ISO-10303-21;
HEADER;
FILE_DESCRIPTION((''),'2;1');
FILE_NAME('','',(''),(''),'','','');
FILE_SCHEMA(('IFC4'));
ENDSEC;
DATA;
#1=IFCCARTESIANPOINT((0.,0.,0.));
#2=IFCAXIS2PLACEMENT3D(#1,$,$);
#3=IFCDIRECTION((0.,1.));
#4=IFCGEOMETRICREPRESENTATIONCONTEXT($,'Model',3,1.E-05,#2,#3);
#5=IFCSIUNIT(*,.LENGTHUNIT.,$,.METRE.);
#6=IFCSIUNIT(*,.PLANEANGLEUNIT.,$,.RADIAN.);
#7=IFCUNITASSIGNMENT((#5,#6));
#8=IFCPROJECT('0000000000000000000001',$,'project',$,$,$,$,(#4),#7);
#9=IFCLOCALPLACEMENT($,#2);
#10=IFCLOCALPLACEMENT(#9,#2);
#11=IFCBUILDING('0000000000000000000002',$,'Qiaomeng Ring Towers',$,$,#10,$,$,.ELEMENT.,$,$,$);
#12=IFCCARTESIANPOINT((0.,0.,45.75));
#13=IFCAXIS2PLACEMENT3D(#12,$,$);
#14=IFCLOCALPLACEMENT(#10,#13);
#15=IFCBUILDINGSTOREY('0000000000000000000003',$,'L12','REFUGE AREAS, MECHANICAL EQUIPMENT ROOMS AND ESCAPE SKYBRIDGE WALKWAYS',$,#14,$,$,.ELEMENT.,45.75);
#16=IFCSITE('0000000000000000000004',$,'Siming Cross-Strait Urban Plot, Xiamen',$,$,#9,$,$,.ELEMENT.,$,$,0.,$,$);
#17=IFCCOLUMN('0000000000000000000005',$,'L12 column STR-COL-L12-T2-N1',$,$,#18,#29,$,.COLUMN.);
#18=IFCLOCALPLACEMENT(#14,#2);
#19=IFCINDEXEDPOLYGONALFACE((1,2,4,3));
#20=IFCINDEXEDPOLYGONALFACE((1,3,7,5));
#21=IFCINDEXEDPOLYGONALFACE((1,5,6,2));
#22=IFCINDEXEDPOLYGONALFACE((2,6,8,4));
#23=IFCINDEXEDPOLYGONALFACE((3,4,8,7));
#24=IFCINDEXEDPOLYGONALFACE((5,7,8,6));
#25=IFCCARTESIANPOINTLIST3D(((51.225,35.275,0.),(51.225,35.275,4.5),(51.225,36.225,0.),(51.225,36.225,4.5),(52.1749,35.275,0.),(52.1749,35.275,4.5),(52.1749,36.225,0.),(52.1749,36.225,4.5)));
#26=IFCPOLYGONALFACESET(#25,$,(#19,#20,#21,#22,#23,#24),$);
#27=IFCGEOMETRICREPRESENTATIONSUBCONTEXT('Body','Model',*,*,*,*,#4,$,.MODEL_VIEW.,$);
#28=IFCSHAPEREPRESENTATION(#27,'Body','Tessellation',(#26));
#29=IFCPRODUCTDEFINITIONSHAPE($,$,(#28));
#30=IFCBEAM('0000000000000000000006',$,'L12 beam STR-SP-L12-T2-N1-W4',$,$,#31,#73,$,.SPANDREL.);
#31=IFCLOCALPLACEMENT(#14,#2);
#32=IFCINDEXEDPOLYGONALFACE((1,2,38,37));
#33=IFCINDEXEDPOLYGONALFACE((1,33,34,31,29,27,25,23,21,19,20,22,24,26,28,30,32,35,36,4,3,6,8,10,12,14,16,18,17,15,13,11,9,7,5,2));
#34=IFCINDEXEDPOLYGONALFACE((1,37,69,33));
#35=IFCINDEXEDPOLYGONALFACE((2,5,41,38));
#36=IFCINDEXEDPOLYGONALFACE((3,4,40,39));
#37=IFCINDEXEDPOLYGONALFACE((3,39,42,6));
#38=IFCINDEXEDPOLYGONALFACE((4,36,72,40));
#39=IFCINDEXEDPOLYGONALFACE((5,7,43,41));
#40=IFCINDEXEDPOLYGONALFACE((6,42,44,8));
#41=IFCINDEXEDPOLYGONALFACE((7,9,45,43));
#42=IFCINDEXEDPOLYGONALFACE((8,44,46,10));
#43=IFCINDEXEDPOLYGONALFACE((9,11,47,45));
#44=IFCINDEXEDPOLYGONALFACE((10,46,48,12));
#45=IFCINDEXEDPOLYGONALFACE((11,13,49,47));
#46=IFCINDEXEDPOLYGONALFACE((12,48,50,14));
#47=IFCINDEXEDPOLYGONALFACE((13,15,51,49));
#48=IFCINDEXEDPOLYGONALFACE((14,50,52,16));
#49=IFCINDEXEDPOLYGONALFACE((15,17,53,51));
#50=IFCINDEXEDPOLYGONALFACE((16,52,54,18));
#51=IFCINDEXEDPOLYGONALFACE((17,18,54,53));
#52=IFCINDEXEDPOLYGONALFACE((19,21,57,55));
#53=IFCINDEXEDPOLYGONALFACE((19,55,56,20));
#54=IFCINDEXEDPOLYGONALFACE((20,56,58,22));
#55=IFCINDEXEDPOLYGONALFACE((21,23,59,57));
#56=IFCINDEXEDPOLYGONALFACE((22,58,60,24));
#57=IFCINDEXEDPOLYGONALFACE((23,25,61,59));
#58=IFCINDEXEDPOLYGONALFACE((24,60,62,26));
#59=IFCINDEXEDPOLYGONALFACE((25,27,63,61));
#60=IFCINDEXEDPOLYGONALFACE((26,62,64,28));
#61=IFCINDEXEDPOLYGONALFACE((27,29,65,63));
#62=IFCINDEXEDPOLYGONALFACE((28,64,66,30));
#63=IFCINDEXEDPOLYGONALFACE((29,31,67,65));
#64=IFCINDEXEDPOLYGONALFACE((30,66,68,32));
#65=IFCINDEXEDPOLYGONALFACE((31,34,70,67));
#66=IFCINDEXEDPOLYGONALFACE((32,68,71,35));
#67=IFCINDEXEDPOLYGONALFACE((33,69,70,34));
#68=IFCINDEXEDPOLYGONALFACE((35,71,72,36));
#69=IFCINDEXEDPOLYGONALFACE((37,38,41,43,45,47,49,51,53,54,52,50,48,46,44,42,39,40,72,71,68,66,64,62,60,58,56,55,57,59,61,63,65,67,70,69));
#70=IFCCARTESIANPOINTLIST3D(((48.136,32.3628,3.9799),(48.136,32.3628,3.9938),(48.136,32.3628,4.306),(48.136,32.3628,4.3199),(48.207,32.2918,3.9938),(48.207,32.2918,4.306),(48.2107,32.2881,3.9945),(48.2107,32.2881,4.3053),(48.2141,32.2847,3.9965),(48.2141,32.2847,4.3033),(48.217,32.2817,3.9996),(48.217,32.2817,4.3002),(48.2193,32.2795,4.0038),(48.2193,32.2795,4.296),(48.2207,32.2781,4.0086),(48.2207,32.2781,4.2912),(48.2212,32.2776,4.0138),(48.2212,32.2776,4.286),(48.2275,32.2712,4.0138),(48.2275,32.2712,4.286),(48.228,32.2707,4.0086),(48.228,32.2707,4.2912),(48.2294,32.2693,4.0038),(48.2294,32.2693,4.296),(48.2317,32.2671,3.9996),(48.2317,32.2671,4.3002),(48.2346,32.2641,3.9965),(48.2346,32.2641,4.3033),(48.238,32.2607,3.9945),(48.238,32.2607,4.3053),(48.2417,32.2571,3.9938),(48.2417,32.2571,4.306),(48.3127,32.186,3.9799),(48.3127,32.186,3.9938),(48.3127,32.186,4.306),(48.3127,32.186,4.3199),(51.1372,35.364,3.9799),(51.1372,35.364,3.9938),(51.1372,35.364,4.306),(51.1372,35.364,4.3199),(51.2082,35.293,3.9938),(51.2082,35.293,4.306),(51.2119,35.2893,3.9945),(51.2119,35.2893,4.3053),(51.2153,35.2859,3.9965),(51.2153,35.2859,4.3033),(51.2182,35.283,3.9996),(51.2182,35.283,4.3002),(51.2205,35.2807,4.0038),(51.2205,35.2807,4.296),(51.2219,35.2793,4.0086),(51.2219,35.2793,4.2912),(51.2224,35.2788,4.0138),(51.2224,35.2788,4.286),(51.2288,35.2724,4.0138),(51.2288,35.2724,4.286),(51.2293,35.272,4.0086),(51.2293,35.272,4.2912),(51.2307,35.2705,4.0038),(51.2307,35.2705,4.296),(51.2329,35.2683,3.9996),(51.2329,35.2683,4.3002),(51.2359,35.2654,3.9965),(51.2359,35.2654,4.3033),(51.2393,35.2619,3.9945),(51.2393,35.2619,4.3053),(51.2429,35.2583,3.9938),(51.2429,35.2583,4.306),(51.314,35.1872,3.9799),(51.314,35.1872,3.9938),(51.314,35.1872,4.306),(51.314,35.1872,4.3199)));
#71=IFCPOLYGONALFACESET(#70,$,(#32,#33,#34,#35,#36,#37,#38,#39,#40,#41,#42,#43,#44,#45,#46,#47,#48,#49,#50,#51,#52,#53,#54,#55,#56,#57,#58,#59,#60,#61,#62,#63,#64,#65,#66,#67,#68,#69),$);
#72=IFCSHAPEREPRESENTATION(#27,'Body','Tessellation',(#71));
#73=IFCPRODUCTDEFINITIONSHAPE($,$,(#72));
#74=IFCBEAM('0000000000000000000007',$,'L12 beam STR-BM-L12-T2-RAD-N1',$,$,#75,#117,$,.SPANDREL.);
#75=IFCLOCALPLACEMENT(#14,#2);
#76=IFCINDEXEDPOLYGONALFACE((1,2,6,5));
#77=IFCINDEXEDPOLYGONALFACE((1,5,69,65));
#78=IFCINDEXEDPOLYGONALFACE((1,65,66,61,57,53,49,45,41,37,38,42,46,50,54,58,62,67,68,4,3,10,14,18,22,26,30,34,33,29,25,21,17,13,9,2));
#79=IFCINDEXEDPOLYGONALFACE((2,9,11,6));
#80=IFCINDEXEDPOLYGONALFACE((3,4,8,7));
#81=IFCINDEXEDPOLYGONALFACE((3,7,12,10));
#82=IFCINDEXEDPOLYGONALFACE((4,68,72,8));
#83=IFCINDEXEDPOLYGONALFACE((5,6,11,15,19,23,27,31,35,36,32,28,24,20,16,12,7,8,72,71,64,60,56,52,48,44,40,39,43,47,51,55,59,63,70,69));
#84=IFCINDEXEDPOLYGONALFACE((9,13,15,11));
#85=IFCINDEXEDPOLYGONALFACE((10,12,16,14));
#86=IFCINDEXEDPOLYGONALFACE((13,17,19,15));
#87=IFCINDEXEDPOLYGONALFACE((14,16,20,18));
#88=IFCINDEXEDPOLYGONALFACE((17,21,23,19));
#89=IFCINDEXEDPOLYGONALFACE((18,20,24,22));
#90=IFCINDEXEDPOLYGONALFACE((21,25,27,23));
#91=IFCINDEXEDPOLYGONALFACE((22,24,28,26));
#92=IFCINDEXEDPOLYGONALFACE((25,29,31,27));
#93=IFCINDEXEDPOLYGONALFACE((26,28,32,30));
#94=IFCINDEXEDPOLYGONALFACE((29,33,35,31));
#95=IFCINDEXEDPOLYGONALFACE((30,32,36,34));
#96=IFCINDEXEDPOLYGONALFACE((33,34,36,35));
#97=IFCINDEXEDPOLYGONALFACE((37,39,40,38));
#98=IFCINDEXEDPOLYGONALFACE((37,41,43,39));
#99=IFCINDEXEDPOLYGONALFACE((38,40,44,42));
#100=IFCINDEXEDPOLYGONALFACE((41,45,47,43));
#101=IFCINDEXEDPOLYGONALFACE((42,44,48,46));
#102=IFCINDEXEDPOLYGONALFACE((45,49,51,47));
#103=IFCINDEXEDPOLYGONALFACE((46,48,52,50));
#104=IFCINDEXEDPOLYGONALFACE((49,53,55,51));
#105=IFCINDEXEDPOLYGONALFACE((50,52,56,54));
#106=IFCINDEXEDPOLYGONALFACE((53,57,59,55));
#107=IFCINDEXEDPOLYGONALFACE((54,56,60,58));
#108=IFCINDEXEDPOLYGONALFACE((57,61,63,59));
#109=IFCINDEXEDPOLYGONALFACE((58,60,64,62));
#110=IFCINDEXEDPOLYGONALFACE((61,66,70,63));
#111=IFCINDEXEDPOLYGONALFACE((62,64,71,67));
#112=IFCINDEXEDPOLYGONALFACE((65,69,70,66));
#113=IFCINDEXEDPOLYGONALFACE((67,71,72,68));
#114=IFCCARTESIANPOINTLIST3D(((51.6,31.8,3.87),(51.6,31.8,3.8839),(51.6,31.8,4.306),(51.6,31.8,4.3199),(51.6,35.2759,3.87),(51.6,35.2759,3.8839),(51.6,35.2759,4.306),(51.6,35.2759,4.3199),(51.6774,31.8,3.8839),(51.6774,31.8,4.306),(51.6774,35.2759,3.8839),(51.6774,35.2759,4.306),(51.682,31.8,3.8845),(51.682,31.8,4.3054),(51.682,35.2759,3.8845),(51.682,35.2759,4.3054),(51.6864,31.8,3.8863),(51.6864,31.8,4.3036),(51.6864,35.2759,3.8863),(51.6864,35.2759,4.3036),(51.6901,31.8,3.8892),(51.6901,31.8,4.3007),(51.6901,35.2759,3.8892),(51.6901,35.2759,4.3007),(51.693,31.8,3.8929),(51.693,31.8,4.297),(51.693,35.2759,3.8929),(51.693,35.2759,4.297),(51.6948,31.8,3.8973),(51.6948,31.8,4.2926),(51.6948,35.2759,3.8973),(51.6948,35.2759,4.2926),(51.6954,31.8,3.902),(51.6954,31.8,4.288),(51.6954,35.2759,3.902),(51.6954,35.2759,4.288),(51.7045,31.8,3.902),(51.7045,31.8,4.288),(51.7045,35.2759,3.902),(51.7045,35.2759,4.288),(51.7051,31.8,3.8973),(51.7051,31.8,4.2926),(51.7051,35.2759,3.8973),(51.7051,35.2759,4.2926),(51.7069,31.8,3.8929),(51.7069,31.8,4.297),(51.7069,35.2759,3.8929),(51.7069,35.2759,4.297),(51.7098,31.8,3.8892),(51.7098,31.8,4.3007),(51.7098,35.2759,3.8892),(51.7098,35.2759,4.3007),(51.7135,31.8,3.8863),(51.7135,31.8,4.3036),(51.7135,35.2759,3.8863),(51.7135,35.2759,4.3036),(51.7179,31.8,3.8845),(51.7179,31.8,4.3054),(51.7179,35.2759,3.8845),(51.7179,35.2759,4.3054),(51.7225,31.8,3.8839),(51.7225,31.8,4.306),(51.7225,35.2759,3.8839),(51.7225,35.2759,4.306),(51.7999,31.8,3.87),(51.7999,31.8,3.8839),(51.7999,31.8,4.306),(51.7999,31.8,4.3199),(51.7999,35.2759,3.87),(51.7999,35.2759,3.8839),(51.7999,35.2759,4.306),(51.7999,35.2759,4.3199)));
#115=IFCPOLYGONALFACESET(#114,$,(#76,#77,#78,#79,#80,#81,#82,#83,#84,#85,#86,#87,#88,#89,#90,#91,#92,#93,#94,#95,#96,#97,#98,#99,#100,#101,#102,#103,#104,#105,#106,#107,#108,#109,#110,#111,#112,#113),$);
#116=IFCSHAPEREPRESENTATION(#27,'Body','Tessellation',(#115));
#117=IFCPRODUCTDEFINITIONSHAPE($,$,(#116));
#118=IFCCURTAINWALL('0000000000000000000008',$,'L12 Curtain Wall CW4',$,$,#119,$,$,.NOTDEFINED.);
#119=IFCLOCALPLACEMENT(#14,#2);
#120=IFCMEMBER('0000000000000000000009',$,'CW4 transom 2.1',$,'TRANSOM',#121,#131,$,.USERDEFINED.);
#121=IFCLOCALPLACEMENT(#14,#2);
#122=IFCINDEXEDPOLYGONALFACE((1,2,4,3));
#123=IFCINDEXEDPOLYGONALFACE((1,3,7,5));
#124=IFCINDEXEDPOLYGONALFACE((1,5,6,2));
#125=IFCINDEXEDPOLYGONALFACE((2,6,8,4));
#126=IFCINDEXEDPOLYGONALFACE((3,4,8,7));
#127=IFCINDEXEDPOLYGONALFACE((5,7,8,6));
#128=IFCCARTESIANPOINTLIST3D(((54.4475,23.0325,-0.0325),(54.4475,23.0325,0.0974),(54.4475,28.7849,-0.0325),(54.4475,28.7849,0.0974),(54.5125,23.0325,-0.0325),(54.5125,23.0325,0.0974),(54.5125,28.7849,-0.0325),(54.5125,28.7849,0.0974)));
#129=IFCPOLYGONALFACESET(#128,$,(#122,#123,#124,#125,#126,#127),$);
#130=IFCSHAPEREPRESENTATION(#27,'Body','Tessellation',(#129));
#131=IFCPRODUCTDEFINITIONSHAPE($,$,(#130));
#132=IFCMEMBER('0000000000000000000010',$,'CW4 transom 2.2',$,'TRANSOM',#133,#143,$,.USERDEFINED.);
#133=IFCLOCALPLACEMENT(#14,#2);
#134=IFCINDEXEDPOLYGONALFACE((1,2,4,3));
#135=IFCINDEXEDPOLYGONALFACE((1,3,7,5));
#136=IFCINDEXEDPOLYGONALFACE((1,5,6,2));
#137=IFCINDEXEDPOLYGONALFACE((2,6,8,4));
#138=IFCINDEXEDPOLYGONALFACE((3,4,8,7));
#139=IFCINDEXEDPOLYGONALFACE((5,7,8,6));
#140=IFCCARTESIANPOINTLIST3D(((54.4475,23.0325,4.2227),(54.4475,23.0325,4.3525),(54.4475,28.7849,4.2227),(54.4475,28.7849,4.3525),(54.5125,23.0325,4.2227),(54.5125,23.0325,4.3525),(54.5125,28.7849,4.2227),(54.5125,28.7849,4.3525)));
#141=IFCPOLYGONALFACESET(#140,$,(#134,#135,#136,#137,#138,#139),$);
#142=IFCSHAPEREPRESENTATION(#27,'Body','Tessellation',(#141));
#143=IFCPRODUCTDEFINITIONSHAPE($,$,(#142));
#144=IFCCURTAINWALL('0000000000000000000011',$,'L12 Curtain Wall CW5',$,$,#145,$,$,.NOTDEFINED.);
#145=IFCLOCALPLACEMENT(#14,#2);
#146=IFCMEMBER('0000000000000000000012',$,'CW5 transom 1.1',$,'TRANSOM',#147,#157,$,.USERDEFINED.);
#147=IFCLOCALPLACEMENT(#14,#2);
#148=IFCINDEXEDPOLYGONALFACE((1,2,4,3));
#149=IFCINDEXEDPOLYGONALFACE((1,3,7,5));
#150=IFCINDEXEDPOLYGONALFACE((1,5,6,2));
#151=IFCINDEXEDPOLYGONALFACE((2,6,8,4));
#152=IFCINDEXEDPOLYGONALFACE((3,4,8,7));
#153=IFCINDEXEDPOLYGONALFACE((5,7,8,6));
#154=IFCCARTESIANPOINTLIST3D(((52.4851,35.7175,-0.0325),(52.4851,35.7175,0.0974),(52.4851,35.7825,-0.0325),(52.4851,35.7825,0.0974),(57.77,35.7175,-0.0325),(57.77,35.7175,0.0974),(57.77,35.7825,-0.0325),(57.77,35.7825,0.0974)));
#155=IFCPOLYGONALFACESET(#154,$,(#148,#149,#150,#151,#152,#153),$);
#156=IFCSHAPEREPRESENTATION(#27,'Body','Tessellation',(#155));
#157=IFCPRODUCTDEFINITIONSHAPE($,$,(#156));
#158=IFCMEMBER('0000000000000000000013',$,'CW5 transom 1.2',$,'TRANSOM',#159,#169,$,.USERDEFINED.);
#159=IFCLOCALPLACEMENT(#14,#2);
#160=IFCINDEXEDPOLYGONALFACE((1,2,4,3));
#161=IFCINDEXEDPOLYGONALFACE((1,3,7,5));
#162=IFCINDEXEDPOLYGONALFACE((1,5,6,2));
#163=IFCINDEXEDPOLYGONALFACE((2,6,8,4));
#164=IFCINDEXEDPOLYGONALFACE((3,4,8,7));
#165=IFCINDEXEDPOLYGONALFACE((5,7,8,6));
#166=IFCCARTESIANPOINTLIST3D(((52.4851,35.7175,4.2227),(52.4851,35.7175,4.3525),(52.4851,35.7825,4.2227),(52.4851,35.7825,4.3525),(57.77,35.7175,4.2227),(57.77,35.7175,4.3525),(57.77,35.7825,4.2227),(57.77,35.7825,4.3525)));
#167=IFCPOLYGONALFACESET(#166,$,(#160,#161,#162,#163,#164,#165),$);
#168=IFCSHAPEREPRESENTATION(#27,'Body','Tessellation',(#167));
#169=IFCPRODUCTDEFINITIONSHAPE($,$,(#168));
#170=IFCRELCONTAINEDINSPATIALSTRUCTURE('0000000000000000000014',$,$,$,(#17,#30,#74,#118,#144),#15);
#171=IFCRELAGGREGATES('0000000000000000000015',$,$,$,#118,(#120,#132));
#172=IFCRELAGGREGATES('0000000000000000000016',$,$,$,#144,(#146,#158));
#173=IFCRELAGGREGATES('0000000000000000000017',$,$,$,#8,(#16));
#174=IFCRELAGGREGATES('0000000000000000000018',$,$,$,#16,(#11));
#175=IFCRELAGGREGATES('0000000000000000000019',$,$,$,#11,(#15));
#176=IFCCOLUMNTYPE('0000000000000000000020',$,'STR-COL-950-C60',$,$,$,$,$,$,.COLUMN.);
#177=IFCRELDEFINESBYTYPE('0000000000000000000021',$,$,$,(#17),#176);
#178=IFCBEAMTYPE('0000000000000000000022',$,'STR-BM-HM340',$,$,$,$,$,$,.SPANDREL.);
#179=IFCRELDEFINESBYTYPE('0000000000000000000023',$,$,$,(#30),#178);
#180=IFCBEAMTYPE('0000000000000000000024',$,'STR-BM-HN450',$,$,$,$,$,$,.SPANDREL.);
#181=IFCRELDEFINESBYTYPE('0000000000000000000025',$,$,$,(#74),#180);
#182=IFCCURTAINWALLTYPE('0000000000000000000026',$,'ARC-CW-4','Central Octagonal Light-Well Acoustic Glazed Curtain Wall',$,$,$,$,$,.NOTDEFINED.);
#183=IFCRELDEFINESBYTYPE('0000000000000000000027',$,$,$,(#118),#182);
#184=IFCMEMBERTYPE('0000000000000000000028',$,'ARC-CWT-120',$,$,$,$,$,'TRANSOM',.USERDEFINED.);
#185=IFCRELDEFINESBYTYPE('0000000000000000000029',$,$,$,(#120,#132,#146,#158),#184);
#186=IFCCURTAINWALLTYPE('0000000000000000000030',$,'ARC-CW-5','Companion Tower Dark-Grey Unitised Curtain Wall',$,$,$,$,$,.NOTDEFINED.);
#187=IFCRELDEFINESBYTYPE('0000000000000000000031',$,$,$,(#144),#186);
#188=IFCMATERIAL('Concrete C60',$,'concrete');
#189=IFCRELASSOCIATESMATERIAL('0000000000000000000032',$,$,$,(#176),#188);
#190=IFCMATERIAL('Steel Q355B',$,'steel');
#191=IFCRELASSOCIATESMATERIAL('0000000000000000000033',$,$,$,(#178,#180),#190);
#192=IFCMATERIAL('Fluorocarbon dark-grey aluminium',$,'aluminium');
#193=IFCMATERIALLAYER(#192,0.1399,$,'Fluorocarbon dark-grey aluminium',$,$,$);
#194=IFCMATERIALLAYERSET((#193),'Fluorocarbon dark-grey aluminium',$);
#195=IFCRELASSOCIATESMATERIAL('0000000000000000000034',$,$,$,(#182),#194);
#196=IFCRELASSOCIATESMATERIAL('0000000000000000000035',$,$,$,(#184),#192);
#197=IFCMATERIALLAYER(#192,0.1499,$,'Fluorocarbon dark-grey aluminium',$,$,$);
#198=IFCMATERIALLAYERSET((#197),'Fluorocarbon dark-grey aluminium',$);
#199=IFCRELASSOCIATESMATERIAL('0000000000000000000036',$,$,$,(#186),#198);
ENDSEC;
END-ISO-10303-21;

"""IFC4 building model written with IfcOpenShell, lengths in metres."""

from ifc_helpers import new_model, si_unit, direction, frame, origin, origin_2d, place, context, subcontext, project, spatial, rectangle, i_section, extrude, source, transform, mapped, material, layer, layer_set, material_profile, profile_set, type_object, element, aggregate, save


model = new_model("IFC4")

# Units and contexts
model_context = context("Model", 3, precision=1e-05, world=origin(), true_north=direction((0.0, 1.0)))
body_context = subcontext(model_context, "Body", "Model", "MODEL_VIEW")
ifc_project = project(units=[si_unit("LENGTHUNIT", "METRE"), si_unit("PLANEANGLEUNIT", "RADIAN")], contexts=[model_context])

# Site, building, storey
site_placement = place(None, origin())
site = spatial("IfcSite", under=ifc_project, at=site_placement, Name="Siming Cross-Strait Urban Plot, Xiamen", CompositionType="ELEMENT", RefElevation=0.0)
building_placement = place(site_placement, origin())
building = spatial("IfcBuilding", under=site, at=building_placement, Name="Qiaomeng Ring Towers", CompositionType="ELEMENT")
storey_placement = place(building_placement, frame((0.0, 0.0, 45.75)))
storey = spatial("IfcBuildingStorey", under=building, at=storey_placement, Name="L12", Description="REFUGE AREAS, MECHANICAL EQUIPMENT ROOMS AND ESCAPE SKYBRIDGE WALKWAYS", CompositionType="ELEMENT", Elevation=45.75)

# Column
ifc_material_1 = material(Name="Concrete C60", Category="concrete")
ifc_material_profile_1 = material_profile(ifc_material_1, rectangle(XDim=0.95, YDim=0.95, at=origin_2d()), Name="RC COL 950x950")
ifc_profile_set_1 = profile_set([ifc_material_profile_1], Name="Concrete C60")
column_type = type_object("IfcColumnType", Name="STR-COL-950-C60", PredefinedType="COLUMN", material=ifc_profile_set_1)
shared_shape_1 = source(origin(), body_context, "Body", "SweptSolid", [
    extrude(rectangle(XDim=0.95, YDim=0.95, at=origin_2d()), origin(), (0.0, 0.0, 1.0), 4.5),
])
column_placement = place(storey_placement, frame((51.7, 35.75, 0.0), z_axis=(0.0, 0.0, 1.0), x_axis=(1.0, 0.0, 0.0)))
element("IfcColumn", 1, at=column_placement, inside=storey, type_object=column_type, Name="L12 column STR-COL-L12-T2-N1", PredefinedType="COLUMN", context=body_context, shape_type="MappedRepresentation", body=[
    mapped(shared_shape_1, transform((0.0, 0.0, 0.0), x_axis=(1.0, 0.0, 0.0), y_axis=(0.0, 1.0, 0.0), z_axis=(0.0, 0.0, 1.0), scale=1.0)),
])

# Beams
ifc_material_2 = material(Name="Steel Q355B", Category="steel")
ifc_material_profile_2 = material_profile(ifc_material_2, i_section(OverallWidth=0.25, OverallDepth=0.3401, WebThickness=0.009, FlangeThickness=0.0139, FilletRadius=0.02, at=origin_2d()), Name="HM 340x250x9x14")
ifc_profile_set_2 = profile_set([ifc_material_profile_2], Name="Steel Q355B")
beam_type_1 = type_object("IfcBeamType", Name="STR-BM-HM340", PredefinedType="SPANDREL", material=ifc_profile_set_2)
shared_shape_2 = source(origin(), body_context, "Body", "SweptSolid", [
    extrude(i_section(OverallWidth=0.25, OverallDepth=0.3401, WebThickness=0.009, FlangeThickness=0.0139, FilletRadius=0.02, at=origin_2d()), origin(), (0.0, 0.0, 1.0), 4.2444),
])
beam_1_placement = place(storey_placement, frame((51.2256, 35.2756, 4.1499), z_axis=(-0.707107, -0.707107, 0.0), x_axis=(0.707107, -0.707107, 0.0)))
element("IfcBeam", 2, at=beam_1_placement, inside=storey, type_object=beam_type_1, Name="L12 beam STR-SP-L12-T2-N1-W4", PredefinedType="SPANDREL", context=body_context, shape_type="MappedRepresentation", body=[
    mapped(shared_shape_2, transform((0.0, 0.0, 0.0), x_axis=(1.0, 0.0, 0.0), y_axis=(0.0, 1.0, 0.0), z_axis=(0.0, 0.0, 1.0), scale=1.0)),
])
ifc_material_profile_3 = material_profile(ifc_material_2, i_section(OverallWidth=0.2, OverallDepth=0.45, WebThickness=0.009, FlangeThickness=0.0139, FilletRadius=0.0181, at=origin_2d()), Name="HN 450x200x9x14")
ifc_profile_set_3 = profile_set([ifc_material_profile_3], Name="Steel Q355B")
beam_type_2 = type_object("IfcBeamType", Name="STR-BM-HN450", PredefinedType="SPANDREL", material=ifc_profile_set_3)
shared_shape_3 = source(origin(), body_context, "Body", "SweptSolid", [
    extrude(i_section(OverallWidth=0.2, OverallDepth=0.45, WebThickness=0.009, FlangeThickness=0.0139, FilletRadius=0.0181, at=origin_2d()), origin(), (0.0, 0.0, 1.0), 3.4758),
])
beam_2_placement = place(storey_placement, frame((51.7, 35.2759, 4.095), z_axis=(0.0, -1.0, 0.0), x_axis=(1.0, 0.0, 0.0)))
element("IfcBeam", 3, at=beam_2_placement, inside=storey, type_object=beam_type_2, Name="L12 beam STR-BM-L12-T2-RAD-N1", PredefinedType="SPANDREL", context=body_context, shape_type="MappedRepresentation", body=[
    mapped(shared_shape_3, transform((0.0, 0.0, 0.0), x_axis=(1.0, 0.0, 0.0), y_axis=(0.0, 1.0, 0.0), z_axis=(0.0, 0.0, 1.0), scale=1.0)),
])

# Curtain walls, members
ifc_material_3 = material(Name="Fluorocarbon dark-grey aluminium", Category="aluminium")
ifc_layer_1 = layer(ifc_material_3, 0.1399, Name="Fluorocarbon dark-grey aluminium")
ifc_layer_set_1 = layer_set([ifc_layer_1], Name="Fluorocarbon dark-grey aluminium")
curtain_wall_type_1 = type_object("IfcCurtainWallType", Name="ARC-CW-4", Description="Central Octagonal Light-Well Acoustic Glazed Curtain Wall", PredefinedType="NOTDEFINED", material=ifc_layer_set_1)
curtain_wall_1_placement = place(storey_placement, origin())
curtain_wall_1 = element("IfcCurtainWall", 4, at=curtain_wall_1_placement, inside=storey, type_object=curtain_wall_type_1, Name="L12 Curtain Wall CW4", PredefinedType="NOTDEFINED")
ifc_material_profile_4 = material_profile(ifc_material_3, rectangle(XDim=0.0649, YDim=0.1299, at=origin_2d()), Name="ALU TRAN 65x130")
ifc_profile_set_4 = profile_set([ifc_material_profile_4], Name="Fluorocarbon dark-grey aluminium")
member_type_1 = type_object("IfcMemberType", Name="ARC-CWT-120", ElementType="TRANSOM", PredefinedType="USERDEFINED", material=ifc_profile_set_4)
shared_shape_4 = source(origin(), body_context, "Body", "SweptSolid", [
    extrude(rectangle(XDim=0.0649, YDim=0.1299, at=origin_2d()), origin(), (0.0, 0.0, 1.0), 5.7524),
])
member_1_placement = place(storey_placement, frame((54.48, 23.0325, 0.0325), z_axis=(0.0, 1.0, 0.0), x_axis=(-1.0, 0.0, 0.0)))
member_1 = element("IfcMember", 5, at=member_1_placement, type_object=member_type_1, Name="CW4 transom 2.1", ObjectType="TRANSOM", PredefinedType="USERDEFINED", context=body_context, shape_type="MappedRepresentation", body=[
    mapped(shared_shape_4, transform((0.0, 0.0, 0.0), x_axis=(1.0, 0.0, 0.0), y_axis=(0.0, 1.0, 0.0), z_axis=(0.0, 0.0, 1.0), scale=1.0)),
])
member_2_placement = place(storey_placement, frame((54.48, 23.0325, 4.2876), z_axis=(0.0, 1.0, 0.0), x_axis=(-1.0, 0.0, 0.0)))
member_2 = element("IfcMember", 6, at=member_2_placement, type_object=member_type_1, Name="CW4 transom 2.2", ObjectType="TRANSOM", PredefinedType="USERDEFINED", context=body_context, shape_type="MappedRepresentation", body=[
    mapped(shared_shape_4, transform((0.0, 0.0, 0.0), x_axis=(1.0, 0.0, 0.0), y_axis=(0.0, 1.0, 0.0), z_axis=(0.0, 0.0, 1.0), scale=1.0)),
])
ifc_layer_2 = layer(ifc_material_3, 0.1499, Name="Fluorocarbon dark-grey aluminium")
ifc_layer_set_2 = layer_set([ifc_layer_2], Name="Fluorocarbon dark-grey aluminium")
curtain_wall_type_2 = type_object("IfcCurtainWallType", Name="ARC-CW-5", Description="Companion Tower Dark-Grey Unitised Curtain Wall", PredefinedType="NOTDEFINED", material=ifc_layer_set_2)
curtain_wall_2_placement = place(storey_placement, origin())
curtain_wall_2 = element("IfcCurtainWall", 7, at=curtain_wall_2_placement, inside=storey, type_object=curtain_wall_type_2, Name="L12 Curtain Wall CW5", PredefinedType="NOTDEFINED")
shared_shape_5 = source(origin(), body_context, "Body", "SweptSolid", [
    extrude(rectangle(XDim=0.0649, YDim=0.1299, at=origin_2d()), origin(), (0.0, 0.0, 1.0), 5.2849),
])
member_3_placement = place(storey_placement, frame((52.4851, 35.75, 0.0325), z_axis=(1.0, 0.0, 0.0), x_axis=(0.0, 1.0, 0.0)))
member_3 = element("IfcMember", 8, at=member_3_placement, type_object=member_type_1, Name="CW5 transom 1.1", ObjectType="TRANSOM", PredefinedType="USERDEFINED", context=body_context, shape_type="MappedRepresentation", body=[
    mapped(shared_shape_5, transform((0.0, 0.0, 0.0), x_axis=(1.0, 0.0, 0.0), y_axis=(0.0, 1.0, 0.0), z_axis=(0.0, 0.0, 1.0), scale=1.0)),
])
member_4_placement = place(storey_placement, frame((52.4851, 35.75, 4.2876), z_axis=(1.0, 0.0, 0.0), x_axis=(0.0, 1.0, 0.0)))
member_4 = element("IfcMember", 9, at=member_4_placement, type_object=member_type_1, Name="CW5 transom 1.2", ObjectType="TRANSOM", PredefinedType="USERDEFINED", context=body_context, shape_type="MappedRepresentation", body=[
    mapped(shared_shape_5, transform((0.0, 0.0, 0.0), x_axis=(1.0, 0.0, 0.0), y_axis=(0.0, 1.0, 0.0), z_axis=(0.0, 0.0, 1.0), scale=1.0)),
])

aggregate(curtain_wall_1, [member_1, member_2])
aggregate(curtain_wall_2, [member_3, member_4])

save(model, "model.ifc")
